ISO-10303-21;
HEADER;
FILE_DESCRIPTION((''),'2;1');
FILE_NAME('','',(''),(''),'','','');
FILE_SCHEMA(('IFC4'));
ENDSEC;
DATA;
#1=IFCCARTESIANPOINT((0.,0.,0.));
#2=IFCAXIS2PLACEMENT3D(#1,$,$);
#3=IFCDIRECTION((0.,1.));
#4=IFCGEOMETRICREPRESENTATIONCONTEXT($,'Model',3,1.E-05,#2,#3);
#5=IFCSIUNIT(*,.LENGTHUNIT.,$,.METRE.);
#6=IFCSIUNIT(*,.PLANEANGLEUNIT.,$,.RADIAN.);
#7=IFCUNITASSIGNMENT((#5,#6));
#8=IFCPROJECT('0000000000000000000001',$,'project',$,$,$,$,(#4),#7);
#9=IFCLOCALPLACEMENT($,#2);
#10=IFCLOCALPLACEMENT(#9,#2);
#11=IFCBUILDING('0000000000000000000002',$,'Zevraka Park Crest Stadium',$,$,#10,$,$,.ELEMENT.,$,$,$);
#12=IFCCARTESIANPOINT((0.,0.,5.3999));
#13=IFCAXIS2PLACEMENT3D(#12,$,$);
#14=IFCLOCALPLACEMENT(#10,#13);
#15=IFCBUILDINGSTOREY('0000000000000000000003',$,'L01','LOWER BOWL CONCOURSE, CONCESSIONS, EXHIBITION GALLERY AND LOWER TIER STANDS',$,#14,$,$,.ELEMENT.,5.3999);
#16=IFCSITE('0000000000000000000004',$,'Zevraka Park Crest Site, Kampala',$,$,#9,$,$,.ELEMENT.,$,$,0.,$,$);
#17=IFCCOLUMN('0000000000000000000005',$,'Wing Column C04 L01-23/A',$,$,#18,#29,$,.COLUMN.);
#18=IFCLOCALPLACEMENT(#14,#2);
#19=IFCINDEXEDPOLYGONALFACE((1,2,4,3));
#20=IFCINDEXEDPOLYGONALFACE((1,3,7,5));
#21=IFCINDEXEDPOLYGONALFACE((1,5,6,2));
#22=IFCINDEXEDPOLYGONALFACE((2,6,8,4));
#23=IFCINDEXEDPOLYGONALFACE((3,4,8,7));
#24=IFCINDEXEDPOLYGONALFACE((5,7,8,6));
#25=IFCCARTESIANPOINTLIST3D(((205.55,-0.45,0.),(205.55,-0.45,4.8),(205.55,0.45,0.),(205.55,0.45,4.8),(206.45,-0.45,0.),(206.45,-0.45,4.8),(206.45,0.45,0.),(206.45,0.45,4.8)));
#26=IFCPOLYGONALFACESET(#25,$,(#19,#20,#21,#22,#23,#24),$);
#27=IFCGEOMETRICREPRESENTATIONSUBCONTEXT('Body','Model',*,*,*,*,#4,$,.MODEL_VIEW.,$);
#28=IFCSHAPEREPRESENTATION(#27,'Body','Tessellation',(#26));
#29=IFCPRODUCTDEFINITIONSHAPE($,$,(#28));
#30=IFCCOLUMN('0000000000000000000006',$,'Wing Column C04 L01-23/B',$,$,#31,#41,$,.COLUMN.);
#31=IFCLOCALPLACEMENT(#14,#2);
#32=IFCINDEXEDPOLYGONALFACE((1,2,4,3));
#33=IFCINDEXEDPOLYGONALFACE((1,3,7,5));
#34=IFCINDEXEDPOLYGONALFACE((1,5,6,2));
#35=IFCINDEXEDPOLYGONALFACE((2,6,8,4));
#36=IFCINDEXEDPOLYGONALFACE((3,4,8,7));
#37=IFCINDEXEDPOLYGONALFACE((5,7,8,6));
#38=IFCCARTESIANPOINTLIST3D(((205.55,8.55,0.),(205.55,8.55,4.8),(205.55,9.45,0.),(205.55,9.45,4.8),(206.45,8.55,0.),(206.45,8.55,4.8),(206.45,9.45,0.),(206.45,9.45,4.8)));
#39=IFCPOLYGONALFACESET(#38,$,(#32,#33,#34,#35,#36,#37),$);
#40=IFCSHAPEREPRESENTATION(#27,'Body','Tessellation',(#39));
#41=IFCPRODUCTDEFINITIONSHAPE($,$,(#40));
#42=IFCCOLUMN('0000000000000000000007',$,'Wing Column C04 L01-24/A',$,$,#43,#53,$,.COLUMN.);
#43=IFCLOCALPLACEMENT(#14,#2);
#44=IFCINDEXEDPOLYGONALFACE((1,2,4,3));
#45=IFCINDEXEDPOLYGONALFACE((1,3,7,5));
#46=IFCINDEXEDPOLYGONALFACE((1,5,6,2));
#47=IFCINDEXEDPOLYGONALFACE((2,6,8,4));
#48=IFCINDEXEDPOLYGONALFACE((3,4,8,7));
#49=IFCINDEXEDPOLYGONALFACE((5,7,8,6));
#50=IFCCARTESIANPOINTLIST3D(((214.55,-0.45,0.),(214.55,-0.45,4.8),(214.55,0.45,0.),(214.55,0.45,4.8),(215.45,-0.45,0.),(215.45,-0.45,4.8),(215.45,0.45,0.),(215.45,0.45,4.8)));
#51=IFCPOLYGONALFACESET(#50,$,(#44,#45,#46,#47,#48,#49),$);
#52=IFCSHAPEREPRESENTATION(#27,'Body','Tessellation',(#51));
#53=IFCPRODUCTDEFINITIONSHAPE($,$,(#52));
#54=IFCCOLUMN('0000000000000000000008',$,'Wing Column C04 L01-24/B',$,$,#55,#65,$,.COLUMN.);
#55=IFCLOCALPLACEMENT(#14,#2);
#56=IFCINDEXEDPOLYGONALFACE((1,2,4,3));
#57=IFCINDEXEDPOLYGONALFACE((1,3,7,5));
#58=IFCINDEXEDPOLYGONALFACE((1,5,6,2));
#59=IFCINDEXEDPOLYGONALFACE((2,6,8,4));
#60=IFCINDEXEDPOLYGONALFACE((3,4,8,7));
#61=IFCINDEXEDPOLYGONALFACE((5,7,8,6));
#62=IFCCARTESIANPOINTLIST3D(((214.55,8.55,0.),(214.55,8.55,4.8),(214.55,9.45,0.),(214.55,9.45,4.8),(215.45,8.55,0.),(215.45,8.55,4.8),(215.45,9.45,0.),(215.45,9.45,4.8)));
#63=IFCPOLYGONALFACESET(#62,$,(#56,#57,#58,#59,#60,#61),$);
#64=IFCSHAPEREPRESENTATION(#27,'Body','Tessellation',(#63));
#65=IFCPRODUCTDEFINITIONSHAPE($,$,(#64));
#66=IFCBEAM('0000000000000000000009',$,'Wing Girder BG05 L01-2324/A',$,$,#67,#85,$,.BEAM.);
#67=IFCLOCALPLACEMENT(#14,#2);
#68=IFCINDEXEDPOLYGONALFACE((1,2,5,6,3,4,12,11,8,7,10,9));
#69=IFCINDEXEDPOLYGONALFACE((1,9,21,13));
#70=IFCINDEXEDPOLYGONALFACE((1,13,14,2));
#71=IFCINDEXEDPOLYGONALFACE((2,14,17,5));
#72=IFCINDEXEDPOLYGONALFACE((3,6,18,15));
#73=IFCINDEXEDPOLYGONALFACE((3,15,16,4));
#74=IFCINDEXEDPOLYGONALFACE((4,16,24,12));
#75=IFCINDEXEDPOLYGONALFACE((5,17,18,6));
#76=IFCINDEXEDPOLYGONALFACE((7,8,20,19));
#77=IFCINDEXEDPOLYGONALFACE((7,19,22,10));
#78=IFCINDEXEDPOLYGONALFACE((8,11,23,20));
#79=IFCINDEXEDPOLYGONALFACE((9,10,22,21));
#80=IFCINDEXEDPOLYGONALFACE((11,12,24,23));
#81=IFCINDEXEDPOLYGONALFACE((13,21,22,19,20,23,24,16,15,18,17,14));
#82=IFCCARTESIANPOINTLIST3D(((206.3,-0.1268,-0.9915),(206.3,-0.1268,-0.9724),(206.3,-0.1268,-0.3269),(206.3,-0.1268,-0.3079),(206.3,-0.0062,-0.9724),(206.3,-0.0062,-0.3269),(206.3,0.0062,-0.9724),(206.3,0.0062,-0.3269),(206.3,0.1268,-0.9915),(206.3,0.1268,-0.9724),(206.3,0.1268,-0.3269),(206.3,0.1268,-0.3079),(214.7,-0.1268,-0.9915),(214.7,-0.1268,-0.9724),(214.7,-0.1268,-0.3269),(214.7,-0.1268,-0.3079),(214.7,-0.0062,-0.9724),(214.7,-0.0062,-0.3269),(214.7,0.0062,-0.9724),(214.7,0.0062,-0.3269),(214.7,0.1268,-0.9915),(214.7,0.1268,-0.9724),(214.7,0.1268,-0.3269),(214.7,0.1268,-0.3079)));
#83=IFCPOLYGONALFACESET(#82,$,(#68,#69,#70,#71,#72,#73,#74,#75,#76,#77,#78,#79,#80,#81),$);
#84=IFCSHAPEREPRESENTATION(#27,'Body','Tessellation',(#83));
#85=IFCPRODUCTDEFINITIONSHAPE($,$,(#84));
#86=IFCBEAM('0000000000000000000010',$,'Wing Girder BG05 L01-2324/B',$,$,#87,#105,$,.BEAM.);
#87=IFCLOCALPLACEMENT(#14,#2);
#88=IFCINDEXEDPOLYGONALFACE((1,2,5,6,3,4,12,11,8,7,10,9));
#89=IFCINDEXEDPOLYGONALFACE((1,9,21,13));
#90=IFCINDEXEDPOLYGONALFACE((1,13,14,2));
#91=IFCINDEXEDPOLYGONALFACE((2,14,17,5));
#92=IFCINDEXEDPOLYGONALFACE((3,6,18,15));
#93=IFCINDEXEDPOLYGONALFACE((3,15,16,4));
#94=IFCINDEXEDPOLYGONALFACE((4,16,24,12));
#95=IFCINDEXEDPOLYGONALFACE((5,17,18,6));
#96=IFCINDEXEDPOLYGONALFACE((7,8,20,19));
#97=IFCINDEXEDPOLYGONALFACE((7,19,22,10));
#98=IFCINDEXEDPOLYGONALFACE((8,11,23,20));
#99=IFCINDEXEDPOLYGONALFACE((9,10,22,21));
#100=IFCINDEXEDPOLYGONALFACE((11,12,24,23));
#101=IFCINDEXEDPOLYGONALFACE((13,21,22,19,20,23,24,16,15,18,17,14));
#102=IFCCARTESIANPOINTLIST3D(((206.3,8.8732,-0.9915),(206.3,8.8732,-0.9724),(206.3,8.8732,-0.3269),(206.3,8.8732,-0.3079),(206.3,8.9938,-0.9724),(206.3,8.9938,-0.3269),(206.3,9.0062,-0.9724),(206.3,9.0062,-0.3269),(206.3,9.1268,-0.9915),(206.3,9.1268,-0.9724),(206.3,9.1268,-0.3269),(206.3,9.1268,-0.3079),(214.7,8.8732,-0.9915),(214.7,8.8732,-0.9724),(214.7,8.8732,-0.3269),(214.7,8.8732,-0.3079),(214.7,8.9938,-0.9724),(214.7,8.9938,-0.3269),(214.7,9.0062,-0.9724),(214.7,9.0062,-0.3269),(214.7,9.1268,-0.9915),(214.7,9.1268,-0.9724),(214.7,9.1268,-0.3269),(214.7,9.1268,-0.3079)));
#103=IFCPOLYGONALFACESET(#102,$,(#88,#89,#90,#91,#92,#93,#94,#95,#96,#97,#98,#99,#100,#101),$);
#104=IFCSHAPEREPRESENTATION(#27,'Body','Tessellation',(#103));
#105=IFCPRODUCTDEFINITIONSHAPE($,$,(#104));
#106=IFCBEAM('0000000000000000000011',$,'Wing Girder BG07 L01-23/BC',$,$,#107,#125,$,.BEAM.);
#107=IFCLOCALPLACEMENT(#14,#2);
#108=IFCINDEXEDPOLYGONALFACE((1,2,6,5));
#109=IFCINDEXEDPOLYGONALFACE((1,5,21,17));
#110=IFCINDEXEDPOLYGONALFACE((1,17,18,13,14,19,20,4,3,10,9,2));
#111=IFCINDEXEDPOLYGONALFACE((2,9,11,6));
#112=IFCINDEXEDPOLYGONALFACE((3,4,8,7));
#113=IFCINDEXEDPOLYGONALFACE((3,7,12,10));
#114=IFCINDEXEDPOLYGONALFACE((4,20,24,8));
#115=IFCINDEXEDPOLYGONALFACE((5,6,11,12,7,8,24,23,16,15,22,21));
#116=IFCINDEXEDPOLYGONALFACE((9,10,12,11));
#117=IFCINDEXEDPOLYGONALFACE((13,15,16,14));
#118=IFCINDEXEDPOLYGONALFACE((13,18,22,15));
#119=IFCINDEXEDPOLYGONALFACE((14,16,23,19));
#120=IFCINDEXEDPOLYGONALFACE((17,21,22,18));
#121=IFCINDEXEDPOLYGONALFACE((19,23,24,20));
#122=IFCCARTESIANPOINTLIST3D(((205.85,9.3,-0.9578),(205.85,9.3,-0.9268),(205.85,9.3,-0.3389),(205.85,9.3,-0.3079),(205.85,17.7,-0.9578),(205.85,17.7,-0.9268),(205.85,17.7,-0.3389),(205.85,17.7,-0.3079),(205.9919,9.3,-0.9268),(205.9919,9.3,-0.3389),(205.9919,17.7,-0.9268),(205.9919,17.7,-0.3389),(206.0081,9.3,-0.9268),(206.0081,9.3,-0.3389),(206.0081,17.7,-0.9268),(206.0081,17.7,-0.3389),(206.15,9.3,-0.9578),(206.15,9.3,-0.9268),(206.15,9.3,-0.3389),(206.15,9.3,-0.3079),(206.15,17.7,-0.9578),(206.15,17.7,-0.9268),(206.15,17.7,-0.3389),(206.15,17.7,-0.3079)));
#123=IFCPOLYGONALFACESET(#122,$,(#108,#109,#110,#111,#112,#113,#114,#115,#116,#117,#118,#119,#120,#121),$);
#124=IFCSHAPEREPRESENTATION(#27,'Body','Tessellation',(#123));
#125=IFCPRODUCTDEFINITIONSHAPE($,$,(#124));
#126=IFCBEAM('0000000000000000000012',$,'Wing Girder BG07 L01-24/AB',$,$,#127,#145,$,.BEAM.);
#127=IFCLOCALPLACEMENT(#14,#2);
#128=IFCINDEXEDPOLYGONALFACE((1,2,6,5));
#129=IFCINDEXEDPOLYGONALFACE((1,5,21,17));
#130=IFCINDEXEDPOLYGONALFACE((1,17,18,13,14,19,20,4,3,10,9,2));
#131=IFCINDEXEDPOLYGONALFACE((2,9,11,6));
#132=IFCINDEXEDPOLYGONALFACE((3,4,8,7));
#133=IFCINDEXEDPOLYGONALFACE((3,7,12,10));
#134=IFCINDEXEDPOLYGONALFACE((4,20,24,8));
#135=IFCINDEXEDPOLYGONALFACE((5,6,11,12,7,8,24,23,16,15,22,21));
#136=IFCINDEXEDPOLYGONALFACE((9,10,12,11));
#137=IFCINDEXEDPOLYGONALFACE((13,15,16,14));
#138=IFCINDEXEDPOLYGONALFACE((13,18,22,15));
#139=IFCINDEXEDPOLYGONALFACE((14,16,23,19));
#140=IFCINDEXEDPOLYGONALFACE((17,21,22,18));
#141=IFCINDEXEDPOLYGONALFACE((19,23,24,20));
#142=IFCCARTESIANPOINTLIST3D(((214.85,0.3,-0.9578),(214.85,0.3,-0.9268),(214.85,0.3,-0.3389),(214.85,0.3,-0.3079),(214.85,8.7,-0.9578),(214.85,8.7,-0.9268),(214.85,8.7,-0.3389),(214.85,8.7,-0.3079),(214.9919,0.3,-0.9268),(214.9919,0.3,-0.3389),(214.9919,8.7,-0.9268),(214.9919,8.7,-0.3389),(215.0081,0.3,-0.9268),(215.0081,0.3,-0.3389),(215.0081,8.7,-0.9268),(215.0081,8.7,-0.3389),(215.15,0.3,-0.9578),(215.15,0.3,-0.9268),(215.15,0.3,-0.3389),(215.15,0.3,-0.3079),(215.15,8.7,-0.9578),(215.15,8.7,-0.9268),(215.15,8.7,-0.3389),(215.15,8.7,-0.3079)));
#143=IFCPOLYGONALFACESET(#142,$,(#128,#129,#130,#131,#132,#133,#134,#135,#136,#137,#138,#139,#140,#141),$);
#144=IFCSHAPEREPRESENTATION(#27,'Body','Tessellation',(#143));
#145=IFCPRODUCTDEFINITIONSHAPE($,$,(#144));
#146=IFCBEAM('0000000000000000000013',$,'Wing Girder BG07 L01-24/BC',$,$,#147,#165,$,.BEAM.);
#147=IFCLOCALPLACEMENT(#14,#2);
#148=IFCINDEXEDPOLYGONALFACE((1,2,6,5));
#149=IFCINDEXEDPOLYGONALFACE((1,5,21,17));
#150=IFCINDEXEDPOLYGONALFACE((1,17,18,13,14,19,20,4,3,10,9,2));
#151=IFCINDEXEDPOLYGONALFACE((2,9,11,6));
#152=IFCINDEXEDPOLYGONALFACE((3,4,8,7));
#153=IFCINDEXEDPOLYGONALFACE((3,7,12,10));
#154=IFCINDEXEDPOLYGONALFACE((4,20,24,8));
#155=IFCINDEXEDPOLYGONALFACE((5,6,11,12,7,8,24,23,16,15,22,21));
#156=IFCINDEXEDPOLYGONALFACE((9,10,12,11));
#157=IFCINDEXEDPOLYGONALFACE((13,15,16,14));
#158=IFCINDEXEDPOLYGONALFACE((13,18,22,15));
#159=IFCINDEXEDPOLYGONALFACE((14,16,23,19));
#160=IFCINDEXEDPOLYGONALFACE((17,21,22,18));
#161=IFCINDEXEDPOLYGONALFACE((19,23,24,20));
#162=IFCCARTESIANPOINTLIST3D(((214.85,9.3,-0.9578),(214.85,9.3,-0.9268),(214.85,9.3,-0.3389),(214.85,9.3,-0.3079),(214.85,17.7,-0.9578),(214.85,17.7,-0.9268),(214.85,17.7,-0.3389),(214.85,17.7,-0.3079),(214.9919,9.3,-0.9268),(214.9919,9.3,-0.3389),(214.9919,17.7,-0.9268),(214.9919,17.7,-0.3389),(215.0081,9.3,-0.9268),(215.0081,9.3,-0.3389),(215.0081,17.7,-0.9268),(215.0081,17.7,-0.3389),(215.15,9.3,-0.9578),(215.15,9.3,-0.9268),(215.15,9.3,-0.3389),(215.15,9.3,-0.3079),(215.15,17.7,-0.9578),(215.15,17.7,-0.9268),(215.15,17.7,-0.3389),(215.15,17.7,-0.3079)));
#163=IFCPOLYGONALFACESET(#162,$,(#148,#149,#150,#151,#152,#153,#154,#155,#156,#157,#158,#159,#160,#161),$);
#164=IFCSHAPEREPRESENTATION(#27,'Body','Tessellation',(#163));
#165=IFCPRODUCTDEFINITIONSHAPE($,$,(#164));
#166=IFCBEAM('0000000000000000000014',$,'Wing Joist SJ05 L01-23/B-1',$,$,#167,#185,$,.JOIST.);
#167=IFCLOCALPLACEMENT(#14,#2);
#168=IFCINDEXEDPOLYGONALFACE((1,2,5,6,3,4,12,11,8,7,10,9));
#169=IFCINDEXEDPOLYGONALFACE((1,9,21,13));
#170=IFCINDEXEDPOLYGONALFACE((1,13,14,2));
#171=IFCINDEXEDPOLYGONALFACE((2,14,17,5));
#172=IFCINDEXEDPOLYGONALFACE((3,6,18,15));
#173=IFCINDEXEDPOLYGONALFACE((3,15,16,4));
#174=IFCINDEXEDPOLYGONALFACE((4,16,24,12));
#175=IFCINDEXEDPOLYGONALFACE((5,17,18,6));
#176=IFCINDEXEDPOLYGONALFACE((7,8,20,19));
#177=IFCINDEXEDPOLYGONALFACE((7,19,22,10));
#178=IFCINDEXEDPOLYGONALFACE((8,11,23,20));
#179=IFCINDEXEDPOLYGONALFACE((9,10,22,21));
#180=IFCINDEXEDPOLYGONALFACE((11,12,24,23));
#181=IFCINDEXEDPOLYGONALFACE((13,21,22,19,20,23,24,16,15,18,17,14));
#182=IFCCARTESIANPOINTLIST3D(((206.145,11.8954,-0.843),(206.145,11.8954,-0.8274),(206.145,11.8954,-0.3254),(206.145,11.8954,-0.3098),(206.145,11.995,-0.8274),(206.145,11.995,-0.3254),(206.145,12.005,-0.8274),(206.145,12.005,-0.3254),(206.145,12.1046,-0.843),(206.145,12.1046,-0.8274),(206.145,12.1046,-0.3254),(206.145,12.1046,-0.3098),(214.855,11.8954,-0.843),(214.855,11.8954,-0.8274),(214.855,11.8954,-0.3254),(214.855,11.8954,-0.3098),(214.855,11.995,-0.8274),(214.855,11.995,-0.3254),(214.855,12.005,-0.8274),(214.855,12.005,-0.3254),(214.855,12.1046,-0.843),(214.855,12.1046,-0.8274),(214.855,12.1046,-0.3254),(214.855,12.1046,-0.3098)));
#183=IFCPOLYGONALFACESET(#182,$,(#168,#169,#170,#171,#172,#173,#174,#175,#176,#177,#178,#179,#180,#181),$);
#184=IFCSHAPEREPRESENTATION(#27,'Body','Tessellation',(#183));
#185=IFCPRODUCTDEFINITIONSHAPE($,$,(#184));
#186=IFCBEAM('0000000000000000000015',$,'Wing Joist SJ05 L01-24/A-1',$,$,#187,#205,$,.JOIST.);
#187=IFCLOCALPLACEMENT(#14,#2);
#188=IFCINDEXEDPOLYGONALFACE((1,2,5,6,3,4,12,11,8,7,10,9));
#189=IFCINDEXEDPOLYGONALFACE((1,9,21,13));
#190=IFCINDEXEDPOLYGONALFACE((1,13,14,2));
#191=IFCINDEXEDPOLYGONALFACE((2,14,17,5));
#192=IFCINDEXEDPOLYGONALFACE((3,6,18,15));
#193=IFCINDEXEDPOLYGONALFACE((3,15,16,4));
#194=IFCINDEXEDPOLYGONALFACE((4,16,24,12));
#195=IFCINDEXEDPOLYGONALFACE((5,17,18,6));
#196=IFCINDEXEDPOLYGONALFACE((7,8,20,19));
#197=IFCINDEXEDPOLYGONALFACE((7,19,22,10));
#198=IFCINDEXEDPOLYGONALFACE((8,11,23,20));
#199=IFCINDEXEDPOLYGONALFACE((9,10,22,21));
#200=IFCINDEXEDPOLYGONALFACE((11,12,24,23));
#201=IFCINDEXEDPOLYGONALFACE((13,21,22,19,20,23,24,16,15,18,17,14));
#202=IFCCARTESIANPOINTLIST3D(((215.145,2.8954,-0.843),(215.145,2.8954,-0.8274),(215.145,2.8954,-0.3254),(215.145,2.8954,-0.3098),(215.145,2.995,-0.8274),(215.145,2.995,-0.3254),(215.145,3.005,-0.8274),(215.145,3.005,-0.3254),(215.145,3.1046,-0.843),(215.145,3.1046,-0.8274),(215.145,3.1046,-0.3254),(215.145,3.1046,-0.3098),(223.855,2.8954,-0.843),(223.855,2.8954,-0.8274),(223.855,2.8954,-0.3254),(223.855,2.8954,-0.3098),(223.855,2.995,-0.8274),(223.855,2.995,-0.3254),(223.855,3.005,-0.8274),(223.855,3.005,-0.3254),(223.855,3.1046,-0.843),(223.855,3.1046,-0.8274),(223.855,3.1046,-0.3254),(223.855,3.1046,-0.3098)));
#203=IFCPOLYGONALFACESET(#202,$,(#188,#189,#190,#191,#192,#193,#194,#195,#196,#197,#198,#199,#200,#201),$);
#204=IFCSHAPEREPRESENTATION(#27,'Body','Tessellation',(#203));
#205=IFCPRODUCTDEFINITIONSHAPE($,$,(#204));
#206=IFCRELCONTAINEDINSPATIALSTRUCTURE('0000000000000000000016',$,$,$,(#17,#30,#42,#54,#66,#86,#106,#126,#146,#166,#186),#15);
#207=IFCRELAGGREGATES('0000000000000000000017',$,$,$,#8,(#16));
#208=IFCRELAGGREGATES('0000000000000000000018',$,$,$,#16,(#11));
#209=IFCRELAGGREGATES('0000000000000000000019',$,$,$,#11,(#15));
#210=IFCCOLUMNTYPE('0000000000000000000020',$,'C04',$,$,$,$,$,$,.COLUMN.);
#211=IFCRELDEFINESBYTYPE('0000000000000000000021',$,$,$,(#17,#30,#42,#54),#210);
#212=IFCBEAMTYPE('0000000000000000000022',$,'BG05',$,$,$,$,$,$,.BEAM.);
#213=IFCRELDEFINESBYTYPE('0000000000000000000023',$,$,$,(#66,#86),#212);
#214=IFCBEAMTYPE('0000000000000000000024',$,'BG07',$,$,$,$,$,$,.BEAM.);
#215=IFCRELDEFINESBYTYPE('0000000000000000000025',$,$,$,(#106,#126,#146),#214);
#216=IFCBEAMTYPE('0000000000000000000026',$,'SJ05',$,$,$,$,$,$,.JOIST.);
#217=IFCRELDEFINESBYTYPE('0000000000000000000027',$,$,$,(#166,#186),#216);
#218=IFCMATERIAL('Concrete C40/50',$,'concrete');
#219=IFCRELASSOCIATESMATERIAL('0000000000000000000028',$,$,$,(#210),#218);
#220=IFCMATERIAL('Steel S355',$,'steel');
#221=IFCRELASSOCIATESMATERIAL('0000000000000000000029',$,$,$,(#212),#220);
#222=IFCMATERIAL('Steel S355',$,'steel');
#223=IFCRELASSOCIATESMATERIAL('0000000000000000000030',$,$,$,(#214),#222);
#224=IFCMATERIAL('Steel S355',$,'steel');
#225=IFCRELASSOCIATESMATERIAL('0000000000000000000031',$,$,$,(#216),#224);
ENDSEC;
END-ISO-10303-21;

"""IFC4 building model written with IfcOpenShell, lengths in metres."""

from ifc_helpers import new_model, si_unit, direction, frame, origin, origin_2d, place, context, subcontext, project, spatial, rectangle, i_section, extrude, material, material_profile, profile_set, type_object, element, save


model = new_model("IFC4")

# Units and contexts
model_context = context("Model", 3, precision=1e-05, world=origin(), true_north=direction((0.0, 1.0)))
body_context = subcontext(model_context, "Body", "Model", "MODEL_VIEW")
ifc_project = project(units=[si_unit("LENGTHUNIT", "METRE"), si_unit("PLANEANGLEUNIT", "RADIAN")], contexts=[model_context])

# Site, building, storey
site_placement = place(None, origin())
site = spatial("IfcSite", under=ifc_project, at=site_placement, Name="Zevraka Park Crest Site, Kampala", CompositionType="ELEMENT", RefElevation=0.0)
building_placement = place(site_placement, origin())
building = spatial("IfcBuilding", under=site, at=building_placement, Name="Zevraka Park Crest Stadium", CompositionType="ELEMENT")
storey_placement = place(building_placement, frame((0.0, 0.0, 5.3999)))
storey = spatial("IfcBuildingStorey", under=building, at=storey_placement, Name="L01", Description="LOWER BOWL CONCOURSE, CONCESSIONS, EXHIBITION GALLERY AND LOWER TIER STANDS", CompositionType="ELEMENT", Elevation=5.3999)

# Columns
ifc_material_1 = material(Name="Concrete C40/50", Category="concrete")
ifc_material_profile_1 = material_profile(ifc_material_1, rectangle(XDim=0.8999, YDim=0.8999, at=origin_2d()), Name="RC 900x900")
ifc_profile_set_1 = profile_set([ifc_material_profile_1], Name="Concrete C40/50")
column_type = type_object("IfcColumnType", Name="C04", PredefinedType="COLUMN", material=ifc_profile_set_1)
for number, where, z_axis, x_axis, name in (
    (1, (206.0, 0.0, 0.0), (0.0, 0.0, 1.0), (1.0, 0.0, 0.0), "Wing Column C04 L01-23/A"),
    (2, (206.0, 9.0, 0.0), (0.0, 0.0, 1.0), (1.0, 0.0, 0.0), "Wing Column C04 L01-23/B"),
    (3, (215.0, 0.0, 0.0), (0.0, 0.0, 1.0), (1.0, 0.0, 0.0), "Wing Column C04 L01-24/A"),
    (4, (215.0, 9.0, 0.0), (0.0, 0.0, 1.0), (1.0, 0.0, 0.0), "Wing Column C04 L01-24/B"),
):
    element("IfcColumn", number, at=place(storey_placement, frame(where, z_axis=z_axis, x_axis=x_axis)), inside=storey, type_object=column_type, Name=name, PredefinedType="COLUMN", context=body_context, shape_type="SweptSolid", body=[
        extrude(rectangle(XDim=0.8999, YDim=0.8999, at=origin_2d()), origin(), (0.0, 0.0, 1.0), 4.8),
    ])

# Beams
ifc_material_2 = material(Name="Steel S355", Category="steel")
ifc_material_profile_2 = material_profile(ifc_material_2, i_section(OverallWidth=0.2537, OverallDepth=0.6836, WebThickness=0.0125, FlangeThickness=0.019, at=origin_2d()), Name="UKB 686x254x140")
ifc_profile_set_2 = profile_set([ifc_material_profile_2], Name="Steel S355")
beam_type_1 = type_object("IfcBeamType", Name="BG05", PredefinedType="BEAM", material=ifc_profile_set_2)
for number, where, z_axis, x_axis, name in (
    (5, (206.3, 0.0, -0.6497), (1.0, 0.0, 0.0), (0.0, 1.0, 0.0), "Wing Girder BG05 L01-2324/A"),
    (6, (206.3, 9.0, -0.6497), (1.0, 0.0, 0.0), (0.0, 1.0, 0.0), "Wing Girder BG05 L01-2324/B"),
):
    element("IfcBeam", number, at=place(storey_placement, frame(where, z_axis=z_axis, x_axis=x_axis)), inside=storey, type_object=beam_type_1, Name=name, PredefinedType="BEAM", context=body_context, shape_type="SweptSolid", body=[
        extrude(i_section(OverallWidth=0.2537, OverallDepth=0.6836, WebThickness=0.0125, FlangeThickness=0.019, at=origin_2d()), origin(), (0.0, 0.0, 1.0), 8.3999),
    ])
ifc_material_3 = material(Name="Steel S355", Category="steel")
ifc_material_profile_3 = material_profile(ifc_material_3, i_section(OverallWidth=0.3, OverallDepth=0.6499, WebThickness=0.0161, FlangeThickness=0.031, at=origin_2d()), Name="HEB 650")
ifc_profile_set_3 = profile_set([ifc_material_profile_3], Name="Steel S355")
beam_type_2 = type_object("IfcBeamType", Name="BG07", PredefinedType="BEAM", material=ifc_profile_set_3)
for number, where, z_axis, x_axis, name in (
    (7, (206.0, 9.3, -0.6328), (0.0, 1.0, 0.0), (-1.0, 0.0, 0.0), "Wing Girder BG07 L01-23/BC"),
    (8, (215.0, 0.3, -0.6328), (0.0, 1.0, 0.0), (-1.0, 0.0, 0.0), "Wing Girder BG07 L01-24/AB"),
    (9, (215.0, 9.3, -0.6328), (0.0, 1.0, 0.0), (-1.0, 0.0, 0.0), "Wing Girder BG07 L01-24/BC"),
):
    element("IfcBeam", number, at=place(storey_placement, frame(where, z_axis=z_axis, x_axis=x_axis)), inside=storey, type_object=beam_type_2, Name=name, PredefinedType="BEAM", context=body_context, shape_type="SweptSolid", body=[
        extrude(i_section(OverallWidth=0.3, OverallDepth=0.6499, WebThickness=0.0161, FlangeThickness=0.031, at=origin_2d()), origin(), (0.0, 0.0, 1.0), 8.3999),
    ])
ifc_material_4 = material(Name="Steel S355", Category="steel")
ifc_material_profile_4 = material_profile(ifc_material_4, i_section(OverallWidth=0.2092, OverallDepth=0.5332, WebThickness=0.01, FlangeThickness=0.0156, at=origin_2d()), Name="UKB 533x210x92")
ifc_profile_set_4 = profile_set([ifc_material_profile_4], Name="Steel S355")
beam_type_3 = type_object("IfcBeamType", Name="SJ05", PredefinedType="JOIST", material=ifc_profile_set_4)
for number, where, z_axis, x_axis, name in (
    (10, (206.145, 12.0, -0.5764), (1.0, 0.0, 0.0), (0.0, 1.0, 0.0), "Wing Joist SJ05 L01-23/B-1"),
    (11, (215.145, 3.0, -0.5764), (1.0, 0.0, 0.0), (0.0, 1.0, 0.0), "Wing Joist SJ05 L01-24/A-1"),
):
    element("IfcBeam", number, at=place(storey_placement, frame(where, z_axis=z_axis, x_axis=x_axis)), inside=storey, type_object=beam_type_3, Name=name, PredefinedType="JOIST", context=body_context, shape_type="SweptSolid", body=[
        extrude(i_section(OverallWidth=0.2092, OverallDepth=0.5332, WebThickness=0.01, FlangeThickness=0.0156, at=origin_2d()), origin(), (0.0, 0.0, 1.0), 8.71),
    ])

save(model, "model.ifc")
